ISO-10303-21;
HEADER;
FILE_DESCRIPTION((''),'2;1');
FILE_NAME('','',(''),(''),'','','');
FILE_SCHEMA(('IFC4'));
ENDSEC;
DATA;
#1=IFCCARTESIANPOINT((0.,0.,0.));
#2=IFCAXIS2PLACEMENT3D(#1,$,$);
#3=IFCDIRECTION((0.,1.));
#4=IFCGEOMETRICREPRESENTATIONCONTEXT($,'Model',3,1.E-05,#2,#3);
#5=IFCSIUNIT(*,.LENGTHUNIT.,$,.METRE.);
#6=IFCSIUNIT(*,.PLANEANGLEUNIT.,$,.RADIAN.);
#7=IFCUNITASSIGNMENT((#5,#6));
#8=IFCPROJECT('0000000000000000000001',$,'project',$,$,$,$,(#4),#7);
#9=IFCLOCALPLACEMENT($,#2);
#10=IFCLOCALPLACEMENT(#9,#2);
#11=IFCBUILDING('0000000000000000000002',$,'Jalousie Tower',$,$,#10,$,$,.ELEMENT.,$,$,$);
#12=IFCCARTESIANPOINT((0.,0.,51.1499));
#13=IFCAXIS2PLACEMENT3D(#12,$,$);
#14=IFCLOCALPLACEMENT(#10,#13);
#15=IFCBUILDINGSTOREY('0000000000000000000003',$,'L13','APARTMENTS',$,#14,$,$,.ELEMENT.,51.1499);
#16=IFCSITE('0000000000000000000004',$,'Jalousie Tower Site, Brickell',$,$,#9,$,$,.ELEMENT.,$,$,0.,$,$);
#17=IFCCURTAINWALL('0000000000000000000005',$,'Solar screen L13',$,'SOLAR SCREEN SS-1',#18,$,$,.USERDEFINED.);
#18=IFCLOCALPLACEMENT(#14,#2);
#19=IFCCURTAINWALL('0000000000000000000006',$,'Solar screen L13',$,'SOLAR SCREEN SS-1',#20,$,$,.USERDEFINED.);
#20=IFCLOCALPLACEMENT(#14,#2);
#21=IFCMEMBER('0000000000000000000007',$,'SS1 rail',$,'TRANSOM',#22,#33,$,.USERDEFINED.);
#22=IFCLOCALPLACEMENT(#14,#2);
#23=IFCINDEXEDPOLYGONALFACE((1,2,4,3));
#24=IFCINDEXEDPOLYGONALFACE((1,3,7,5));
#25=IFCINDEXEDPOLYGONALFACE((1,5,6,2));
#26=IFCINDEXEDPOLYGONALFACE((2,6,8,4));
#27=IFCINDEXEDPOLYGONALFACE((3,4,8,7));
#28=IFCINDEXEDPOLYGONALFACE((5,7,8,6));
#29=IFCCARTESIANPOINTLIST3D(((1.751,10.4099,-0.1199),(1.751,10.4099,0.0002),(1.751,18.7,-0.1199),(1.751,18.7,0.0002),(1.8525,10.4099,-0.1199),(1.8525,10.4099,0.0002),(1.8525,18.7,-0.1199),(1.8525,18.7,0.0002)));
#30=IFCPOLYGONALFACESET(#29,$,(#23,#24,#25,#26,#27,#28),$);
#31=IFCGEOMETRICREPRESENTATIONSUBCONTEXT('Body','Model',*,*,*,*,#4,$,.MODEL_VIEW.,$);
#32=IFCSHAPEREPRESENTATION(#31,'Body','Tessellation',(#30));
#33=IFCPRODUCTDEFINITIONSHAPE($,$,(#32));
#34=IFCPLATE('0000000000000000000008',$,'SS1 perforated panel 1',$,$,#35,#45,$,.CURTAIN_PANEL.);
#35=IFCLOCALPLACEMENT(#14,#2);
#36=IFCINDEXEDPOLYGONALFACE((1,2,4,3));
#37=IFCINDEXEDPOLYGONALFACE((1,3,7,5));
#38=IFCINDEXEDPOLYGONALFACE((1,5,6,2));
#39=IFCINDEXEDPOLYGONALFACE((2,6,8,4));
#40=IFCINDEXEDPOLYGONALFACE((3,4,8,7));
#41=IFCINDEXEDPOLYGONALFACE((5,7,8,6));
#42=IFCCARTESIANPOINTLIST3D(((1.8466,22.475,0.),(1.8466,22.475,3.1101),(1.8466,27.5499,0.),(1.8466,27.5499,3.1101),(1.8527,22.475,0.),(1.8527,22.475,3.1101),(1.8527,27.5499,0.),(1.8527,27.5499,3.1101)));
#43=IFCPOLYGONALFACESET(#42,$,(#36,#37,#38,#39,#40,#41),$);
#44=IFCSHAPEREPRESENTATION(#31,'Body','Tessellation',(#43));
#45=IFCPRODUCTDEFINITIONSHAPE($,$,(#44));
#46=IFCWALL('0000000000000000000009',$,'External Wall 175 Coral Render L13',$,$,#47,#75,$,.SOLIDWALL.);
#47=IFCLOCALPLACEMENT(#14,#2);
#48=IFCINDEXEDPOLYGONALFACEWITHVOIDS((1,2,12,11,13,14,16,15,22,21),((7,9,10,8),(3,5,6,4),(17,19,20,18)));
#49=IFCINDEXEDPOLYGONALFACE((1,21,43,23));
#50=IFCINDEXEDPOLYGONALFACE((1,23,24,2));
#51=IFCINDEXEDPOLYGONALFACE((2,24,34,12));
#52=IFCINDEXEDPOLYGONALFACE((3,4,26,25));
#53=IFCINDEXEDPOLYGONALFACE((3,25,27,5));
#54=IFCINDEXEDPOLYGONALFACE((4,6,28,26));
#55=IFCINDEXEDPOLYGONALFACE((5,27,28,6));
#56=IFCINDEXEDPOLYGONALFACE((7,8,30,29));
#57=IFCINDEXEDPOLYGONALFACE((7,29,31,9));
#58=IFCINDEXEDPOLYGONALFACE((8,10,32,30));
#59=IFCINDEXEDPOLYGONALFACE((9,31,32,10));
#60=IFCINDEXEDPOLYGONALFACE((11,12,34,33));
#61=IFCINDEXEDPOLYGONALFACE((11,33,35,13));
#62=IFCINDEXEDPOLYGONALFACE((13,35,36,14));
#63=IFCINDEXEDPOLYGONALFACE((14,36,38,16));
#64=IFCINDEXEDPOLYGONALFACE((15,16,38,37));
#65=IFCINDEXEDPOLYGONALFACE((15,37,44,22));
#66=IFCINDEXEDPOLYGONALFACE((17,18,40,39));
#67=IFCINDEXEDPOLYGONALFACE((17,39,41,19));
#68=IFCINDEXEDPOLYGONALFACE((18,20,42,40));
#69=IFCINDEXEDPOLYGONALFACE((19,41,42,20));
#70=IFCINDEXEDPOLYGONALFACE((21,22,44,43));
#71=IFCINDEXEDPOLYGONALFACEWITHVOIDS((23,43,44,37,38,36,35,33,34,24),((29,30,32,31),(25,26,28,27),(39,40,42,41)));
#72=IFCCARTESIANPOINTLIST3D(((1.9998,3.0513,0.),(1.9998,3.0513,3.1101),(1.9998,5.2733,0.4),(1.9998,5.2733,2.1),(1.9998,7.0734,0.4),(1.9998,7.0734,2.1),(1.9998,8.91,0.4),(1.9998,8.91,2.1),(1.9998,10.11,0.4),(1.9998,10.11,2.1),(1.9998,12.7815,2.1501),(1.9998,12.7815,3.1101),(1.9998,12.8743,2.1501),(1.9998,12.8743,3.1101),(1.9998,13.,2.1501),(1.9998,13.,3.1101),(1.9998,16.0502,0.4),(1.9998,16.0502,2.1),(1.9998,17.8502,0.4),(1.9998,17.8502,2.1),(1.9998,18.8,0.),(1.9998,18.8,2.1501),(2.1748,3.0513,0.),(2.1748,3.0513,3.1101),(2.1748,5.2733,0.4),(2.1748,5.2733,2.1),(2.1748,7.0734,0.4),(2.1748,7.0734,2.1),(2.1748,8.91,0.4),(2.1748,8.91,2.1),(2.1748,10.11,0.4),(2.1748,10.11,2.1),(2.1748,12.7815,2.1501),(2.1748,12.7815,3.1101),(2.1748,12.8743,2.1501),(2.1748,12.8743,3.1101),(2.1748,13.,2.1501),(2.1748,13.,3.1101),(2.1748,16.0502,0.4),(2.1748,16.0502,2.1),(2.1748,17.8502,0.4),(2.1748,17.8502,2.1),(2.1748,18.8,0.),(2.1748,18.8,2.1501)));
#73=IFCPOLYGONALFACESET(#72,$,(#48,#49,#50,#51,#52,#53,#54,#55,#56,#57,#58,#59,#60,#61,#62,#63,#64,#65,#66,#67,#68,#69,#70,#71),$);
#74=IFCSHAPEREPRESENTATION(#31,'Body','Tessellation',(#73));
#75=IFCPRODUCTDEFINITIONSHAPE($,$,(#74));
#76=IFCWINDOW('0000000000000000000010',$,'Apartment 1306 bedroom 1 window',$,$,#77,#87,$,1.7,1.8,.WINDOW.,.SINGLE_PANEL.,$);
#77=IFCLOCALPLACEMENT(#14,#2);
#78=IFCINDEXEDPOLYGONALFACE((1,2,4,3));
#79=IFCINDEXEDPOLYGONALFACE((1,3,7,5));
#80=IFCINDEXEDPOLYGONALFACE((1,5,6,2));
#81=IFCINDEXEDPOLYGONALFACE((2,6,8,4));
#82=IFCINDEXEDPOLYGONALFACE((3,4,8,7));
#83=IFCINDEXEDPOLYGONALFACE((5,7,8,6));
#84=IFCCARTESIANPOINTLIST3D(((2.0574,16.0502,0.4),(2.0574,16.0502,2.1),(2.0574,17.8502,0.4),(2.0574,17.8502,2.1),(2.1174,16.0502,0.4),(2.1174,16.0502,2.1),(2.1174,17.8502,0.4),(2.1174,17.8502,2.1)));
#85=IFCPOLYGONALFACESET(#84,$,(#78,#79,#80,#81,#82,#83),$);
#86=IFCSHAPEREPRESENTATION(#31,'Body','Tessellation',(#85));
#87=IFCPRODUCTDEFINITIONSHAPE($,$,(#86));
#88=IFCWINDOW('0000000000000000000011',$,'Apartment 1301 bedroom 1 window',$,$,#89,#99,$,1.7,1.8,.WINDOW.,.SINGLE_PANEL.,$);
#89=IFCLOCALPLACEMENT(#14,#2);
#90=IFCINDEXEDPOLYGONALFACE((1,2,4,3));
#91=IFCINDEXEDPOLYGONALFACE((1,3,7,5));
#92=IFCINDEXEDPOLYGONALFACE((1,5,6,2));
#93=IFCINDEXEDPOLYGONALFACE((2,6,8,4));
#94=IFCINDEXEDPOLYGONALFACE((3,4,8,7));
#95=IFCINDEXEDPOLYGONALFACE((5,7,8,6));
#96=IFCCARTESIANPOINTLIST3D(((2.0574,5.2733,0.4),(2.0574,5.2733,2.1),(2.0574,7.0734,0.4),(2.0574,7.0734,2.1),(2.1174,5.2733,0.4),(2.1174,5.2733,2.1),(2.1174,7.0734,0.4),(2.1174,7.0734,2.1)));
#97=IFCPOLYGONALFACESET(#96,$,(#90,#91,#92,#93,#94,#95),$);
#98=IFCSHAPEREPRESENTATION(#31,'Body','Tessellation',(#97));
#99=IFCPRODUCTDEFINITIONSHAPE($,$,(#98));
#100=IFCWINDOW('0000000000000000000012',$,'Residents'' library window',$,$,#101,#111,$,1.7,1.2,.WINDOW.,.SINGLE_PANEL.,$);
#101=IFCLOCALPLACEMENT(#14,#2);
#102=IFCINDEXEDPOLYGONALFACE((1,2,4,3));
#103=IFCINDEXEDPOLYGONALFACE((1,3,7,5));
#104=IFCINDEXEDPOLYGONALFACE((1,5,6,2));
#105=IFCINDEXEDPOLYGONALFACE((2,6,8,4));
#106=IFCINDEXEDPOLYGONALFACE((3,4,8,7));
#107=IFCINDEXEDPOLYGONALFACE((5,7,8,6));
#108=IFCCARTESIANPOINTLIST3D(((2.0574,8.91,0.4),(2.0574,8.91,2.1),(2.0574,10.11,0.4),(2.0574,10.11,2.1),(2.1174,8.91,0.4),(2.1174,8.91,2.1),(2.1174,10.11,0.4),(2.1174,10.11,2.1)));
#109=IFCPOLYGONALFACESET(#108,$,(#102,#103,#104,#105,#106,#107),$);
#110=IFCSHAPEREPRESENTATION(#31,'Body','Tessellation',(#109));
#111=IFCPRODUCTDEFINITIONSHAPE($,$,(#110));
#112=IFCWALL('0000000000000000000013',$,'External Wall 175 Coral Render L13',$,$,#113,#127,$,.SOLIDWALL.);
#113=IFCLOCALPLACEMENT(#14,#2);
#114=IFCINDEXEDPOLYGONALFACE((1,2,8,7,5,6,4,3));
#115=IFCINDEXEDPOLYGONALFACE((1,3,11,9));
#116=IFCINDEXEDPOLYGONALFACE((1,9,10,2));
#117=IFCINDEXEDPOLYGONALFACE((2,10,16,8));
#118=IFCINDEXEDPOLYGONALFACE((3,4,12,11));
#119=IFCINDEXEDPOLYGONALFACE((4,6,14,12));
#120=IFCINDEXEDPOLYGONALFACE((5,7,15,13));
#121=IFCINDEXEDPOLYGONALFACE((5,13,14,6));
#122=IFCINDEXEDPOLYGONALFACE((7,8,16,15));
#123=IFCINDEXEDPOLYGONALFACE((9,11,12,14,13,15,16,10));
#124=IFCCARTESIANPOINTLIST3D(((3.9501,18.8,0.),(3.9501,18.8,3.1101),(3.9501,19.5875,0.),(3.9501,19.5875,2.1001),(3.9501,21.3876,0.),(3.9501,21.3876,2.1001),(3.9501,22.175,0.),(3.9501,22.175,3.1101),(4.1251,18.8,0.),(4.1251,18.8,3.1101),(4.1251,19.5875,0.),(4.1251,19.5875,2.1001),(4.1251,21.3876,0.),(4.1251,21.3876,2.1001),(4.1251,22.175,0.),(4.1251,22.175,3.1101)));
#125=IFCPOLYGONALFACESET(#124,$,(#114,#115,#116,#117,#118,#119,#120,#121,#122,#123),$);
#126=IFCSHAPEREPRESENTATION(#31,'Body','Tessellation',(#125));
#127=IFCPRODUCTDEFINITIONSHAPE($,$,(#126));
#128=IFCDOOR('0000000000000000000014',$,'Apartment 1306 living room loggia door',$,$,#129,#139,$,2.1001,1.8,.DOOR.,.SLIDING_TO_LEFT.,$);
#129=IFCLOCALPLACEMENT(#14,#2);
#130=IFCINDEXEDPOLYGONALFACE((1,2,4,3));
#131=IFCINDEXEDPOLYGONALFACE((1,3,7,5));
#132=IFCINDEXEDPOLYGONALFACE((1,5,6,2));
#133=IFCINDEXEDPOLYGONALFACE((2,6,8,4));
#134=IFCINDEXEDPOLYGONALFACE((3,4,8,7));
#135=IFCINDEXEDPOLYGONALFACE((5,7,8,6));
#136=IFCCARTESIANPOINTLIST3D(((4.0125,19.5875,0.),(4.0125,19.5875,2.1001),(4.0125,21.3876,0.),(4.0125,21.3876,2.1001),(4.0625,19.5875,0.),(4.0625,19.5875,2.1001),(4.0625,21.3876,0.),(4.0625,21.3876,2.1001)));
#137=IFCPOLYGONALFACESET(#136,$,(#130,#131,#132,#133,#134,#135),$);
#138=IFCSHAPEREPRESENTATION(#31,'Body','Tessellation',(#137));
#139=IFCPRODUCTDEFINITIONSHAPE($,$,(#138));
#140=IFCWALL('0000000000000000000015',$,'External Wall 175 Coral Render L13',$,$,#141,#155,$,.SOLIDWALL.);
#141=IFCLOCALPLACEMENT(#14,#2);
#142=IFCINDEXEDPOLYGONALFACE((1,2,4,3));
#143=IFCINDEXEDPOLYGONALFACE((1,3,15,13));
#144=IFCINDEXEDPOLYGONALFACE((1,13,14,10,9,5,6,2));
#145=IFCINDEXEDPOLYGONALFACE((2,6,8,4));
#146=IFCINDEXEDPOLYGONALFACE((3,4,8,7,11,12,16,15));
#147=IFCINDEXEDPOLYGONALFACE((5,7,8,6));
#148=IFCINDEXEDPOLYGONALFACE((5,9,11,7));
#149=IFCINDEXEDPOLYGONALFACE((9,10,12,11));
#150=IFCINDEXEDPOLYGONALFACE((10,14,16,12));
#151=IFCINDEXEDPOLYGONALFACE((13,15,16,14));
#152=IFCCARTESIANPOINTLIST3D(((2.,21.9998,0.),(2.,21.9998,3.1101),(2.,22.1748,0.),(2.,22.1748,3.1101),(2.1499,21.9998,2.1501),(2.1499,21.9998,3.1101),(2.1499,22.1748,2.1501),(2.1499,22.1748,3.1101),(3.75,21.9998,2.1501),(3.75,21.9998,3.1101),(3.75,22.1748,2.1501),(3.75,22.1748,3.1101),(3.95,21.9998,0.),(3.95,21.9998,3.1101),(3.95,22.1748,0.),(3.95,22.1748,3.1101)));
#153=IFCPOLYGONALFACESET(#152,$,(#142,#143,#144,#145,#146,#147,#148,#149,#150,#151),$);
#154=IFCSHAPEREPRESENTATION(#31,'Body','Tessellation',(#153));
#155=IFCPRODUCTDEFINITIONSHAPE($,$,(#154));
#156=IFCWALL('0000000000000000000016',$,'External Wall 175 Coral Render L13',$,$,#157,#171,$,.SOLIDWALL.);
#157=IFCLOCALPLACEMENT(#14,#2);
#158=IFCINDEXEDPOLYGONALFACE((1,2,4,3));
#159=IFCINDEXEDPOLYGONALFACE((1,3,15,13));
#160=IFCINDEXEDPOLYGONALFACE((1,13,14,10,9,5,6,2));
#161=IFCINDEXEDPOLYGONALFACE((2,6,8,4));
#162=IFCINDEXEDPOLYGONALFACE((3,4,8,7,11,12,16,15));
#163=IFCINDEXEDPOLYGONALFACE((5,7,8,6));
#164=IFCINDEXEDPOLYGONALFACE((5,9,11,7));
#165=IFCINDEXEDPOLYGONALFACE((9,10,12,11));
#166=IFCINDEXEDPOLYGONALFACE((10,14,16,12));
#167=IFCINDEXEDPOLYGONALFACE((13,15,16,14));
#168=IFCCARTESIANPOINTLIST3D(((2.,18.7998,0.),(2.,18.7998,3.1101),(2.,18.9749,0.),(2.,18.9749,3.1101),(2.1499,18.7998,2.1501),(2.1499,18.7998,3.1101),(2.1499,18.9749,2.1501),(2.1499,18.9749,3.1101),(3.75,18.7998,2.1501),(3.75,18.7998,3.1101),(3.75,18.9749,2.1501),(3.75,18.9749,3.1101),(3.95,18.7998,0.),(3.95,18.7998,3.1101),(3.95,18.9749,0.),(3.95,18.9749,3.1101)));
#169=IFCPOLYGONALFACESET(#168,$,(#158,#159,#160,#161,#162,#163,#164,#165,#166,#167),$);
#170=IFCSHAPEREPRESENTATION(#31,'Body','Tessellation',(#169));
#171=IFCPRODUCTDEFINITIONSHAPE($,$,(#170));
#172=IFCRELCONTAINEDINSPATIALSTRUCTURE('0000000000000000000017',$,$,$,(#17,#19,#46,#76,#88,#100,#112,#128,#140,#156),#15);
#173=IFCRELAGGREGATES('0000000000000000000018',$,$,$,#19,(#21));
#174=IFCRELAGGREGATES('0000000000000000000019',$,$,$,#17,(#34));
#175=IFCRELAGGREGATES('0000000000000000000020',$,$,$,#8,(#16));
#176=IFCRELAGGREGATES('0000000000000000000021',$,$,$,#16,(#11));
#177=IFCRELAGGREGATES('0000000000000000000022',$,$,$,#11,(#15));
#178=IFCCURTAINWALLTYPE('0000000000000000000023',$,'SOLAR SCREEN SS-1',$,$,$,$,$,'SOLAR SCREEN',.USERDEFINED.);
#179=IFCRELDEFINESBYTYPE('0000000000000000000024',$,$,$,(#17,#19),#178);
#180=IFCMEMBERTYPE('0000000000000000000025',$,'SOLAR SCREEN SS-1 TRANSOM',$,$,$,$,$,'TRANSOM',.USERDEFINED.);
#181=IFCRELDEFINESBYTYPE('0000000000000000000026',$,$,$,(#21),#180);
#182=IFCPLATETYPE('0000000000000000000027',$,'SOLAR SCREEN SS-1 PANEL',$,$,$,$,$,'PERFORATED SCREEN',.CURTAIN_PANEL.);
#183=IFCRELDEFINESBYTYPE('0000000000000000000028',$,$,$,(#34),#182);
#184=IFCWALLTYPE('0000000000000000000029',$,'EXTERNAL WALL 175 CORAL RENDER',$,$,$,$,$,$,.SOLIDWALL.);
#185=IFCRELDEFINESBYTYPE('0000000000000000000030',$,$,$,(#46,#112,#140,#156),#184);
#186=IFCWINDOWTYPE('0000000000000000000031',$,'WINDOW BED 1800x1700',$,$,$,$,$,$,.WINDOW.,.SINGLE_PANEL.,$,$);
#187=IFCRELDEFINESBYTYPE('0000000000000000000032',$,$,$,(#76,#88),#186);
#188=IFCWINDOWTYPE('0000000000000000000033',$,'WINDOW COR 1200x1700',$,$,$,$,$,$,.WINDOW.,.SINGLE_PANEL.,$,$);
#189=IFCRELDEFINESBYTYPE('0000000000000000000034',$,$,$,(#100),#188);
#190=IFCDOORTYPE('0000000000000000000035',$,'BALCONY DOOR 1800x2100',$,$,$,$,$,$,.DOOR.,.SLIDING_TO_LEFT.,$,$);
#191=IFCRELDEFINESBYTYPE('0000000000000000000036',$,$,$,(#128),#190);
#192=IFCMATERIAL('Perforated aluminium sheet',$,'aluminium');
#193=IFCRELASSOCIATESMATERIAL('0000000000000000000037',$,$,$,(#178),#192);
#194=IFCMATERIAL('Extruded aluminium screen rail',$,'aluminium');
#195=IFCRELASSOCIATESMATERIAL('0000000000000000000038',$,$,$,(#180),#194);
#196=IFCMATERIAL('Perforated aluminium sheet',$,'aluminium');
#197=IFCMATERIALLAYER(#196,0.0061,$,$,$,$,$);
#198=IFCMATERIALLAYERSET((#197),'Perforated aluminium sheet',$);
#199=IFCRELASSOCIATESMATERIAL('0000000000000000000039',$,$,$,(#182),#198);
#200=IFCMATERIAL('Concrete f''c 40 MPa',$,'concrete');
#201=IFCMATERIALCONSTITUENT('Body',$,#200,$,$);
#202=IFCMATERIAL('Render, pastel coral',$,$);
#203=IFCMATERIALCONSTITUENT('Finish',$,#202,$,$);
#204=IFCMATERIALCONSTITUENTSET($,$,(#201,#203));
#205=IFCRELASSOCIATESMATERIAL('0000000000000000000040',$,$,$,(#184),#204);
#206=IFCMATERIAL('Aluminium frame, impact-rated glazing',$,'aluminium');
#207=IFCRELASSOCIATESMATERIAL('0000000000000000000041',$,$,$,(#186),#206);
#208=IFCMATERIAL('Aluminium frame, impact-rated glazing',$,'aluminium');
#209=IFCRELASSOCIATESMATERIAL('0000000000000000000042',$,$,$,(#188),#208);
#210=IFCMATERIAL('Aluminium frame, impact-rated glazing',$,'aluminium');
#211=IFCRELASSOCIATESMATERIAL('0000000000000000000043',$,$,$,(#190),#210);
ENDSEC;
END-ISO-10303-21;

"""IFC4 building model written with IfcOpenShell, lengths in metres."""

from ifc_helpers import new_model, si_unit, direction, frame, frame_2d, origin, origin_2d, place, context, subcontext, project, spatial, polyline, rectangle, outline, extrude, material, layer, layer_set, constituent, constituent_set, material_profile, profile_set, type_object, element, fill, aggregate, save


model = new_model("IFC4")

# Units and contexts
model_context = context("Model", 3, precision=1e-05, world=origin(), true_north=direction((0.0, 1.0)))
body_context = subcontext(model_context, "Body", "Model", "MODEL_VIEW")
ifc_project = project(units=[si_unit("LENGTHUNIT", "METRE"), si_unit("PLANEANGLEUNIT", "RADIAN")], contexts=[model_context])

# Site, building, storey
site_placement = place(None, origin())
site = spatial("IfcSite", under=ifc_project, at=site_placement, Name="Jalousie Tower Site, Brickell", CompositionType="ELEMENT", RefElevation=0.0)
building_placement = place(site_placement, origin())
building = spatial("IfcBuilding", under=site, at=building_placement, Name="Jalousie Tower", CompositionType="ELEMENT")
storey_placement = place(building_placement, frame((0.0, 0.0, 51.1499)))
storey = spatial("IfcBuildingStorey", under=building, at=storey_placement, Name="L13", Description="APARTMENTS", CompositionType="ELEMENT", Elevation=51.1499)

# Curtain wall
ifc_material_1 = material(Name="Perforated aluminium sheet", Category="aluminium")
curtain_wall_type = type_object("IfcCurtainWallType", Name="SOLAR SCREEN SS-1", ElementType="SOLAR SCREEN", PredefinedType="USERDEFINED", material=ifc_material_1)
curtain_wall_1_placement = place(storey_placement, origin())
curtain_wall_1 = element("IfcCurtainWall", 1, at=curtain_wall_1_placement, inside=storey, type_object=curtain_wall_type, Name="Solar screen L13", ObjectType="SOLAR SCREEN SS-1", PredefinedType="USERDEFINED")

# Curtain wall
curtain_wall_2_placement = place(storey_placement, origin())
curtain_wall_2 = element("IfcCurtainWall", 2, at=curtain_wall_2_placement, inside=storey, type_object=curtain_wall_type, Name="Solar screen L13", ObjectType="SOLAR SCREEN SS-1", PredefinedType="USERDEFINED")

# Member
ifc_material_2 = material(Name="Extruded aluminium screen rail", Category="aluminium")
ifc_material_profile_1 = material_profile(ifc_material_2, rectangle(XDim=0.1016, YDim=0.1201, at=origin_2d()), Name="RAIL 102x120")
ifc_profile_set_1 = profile_set([ifc_material_profile_1], Name="Extruded aluminium screen rail")
member_type_1 = type_object("IfcMemberType", Name="SOLAR SCREEN SS-1 TRANSOM", ElementType="TRANSOM", PredefinedType="USERDEFINED", material=ifc_profile_set_1)
member_1_placement = place(storey_placement, frame((1.8018, 18.7, -0.0598), z_axis=(0.0, -1.0, 0.0), x_axis=(1.0, 0.0, 0.0)))
member_1 = element("IfcMember", 3, at=member_1_placement, type_object=member_type_1, Name="SS1 rail", ObjectType="TRANSOM", PredefinedType="USERDEFINED", context=body_context, shape_type="SweptSolid", body=[
    extrude(rectangle(XDim=0.1016, YDim=0.1201, at=origin_2d()), origin(), (0.0, 0.0, 1.0), 8.29),
])
aggregate(curtain_wall_2, [member_1])

# Plate
ifc_material_3 = material(Name="Perforated aluminium sheet", Category="aluminium")
ifc_layer_1 = layer(ifc_material_3, 0.0061)
ifc_layer_set_1 = layer_set([ifc_layer_1], Name="Perforated aluminium sheet")
plate_type = type_object("IfcPlateType", Name="SOLAR SCREEN SS-1 PANEL", ElementType="PERFORATED SCREEN", PredefinedType="CURTAIN_PANEL", material=ifc_layer_set_1)
plate_placement = place(storey_placement, frame((1.8496, 25.0125, 0.0), z_axis=(0.0, 0.0, 1.0), x_axis=(0.0, -1.0, 0.0)))
plate = element("IfcPlate", 4, at=plate_placement, type_object=plate_type, Name="SS1 perforated panel 1", PredefinedType="CURTAIN_PANEL", context=body_context, shape_type="SweptSolid", body=[
    extrude(rectangle(XDim=5.075, YDim=0.0061, at=origin_2d()), origin(), (0.0, 0.0, 1.0), 3.1101),
])
aggregate(curtain_wall_1, [plate])

# Wall, openings, windows
ifc_material_4 = material(Name="Concrete f'c 40 MPa", Category="concrete")
ifc_constituent_1 = constituent(ifc_material_4, Name="Body")
ifc_material_5 = material(Name="Render, pastel coral")
ifc_constituent_2 = constituent(ifc_material_5, Name="Finish")
ifc_constituent_set_1 = constituent_set(constituents=[ifc_constituent_1, ifc_constituent_2])
wall_type_1 = type_object("IfcWallType", Name="EXTERNAL WALL 175 CORAL RENDER", PredefinedType="SOLIDWALL", material=ifc_constituent_set_1)
wall_1_placement = place(storey_placement, frame((2.0874, 18.8, 0.0), z_axis=(0.0, 0.0, 1.0), x_axis=(0.0, -1.0, 0.0)))
wall_1 = element("IfcWall", 5, at=wall_1_placement, inside=storey, type_object=wall_type_1, Name="External Wall 175 Coral Render L13", PredefinedType="SOLIDWALL", context=body_context, shape_type="SweptSolid", body=[
    extrude(outline(polyline([(0.0, 0.0), (15.7488, 0.0), (15.7488, 3.1101), (6.0186, 3.1101), (6.0186, 2.1501), (5.9258, 2.1501), (5.9258, 3.1101), (5.8, 3.1101), (5.8, 2.1501), (0.0, 2.1501), (0.0, 0.0)])), frame((0.0, 0.0874, 0.0), z_axis=(0.0, -1.0, 0.0), x_axis=(1.0, 0.0, 0.0)), (0.0, 0.0, 1.0), 0.175),
])
opening_1_placement = place(wall_1_placement, frame((0.95, 0.0, 0.3999)))
opening_1 = element("IfcOpeningElement", 6, at=opening_1_placement, cuts=wall_1, PredefinedType="OPENING", context=body_context, shape_type="SweptSolid", body=[
    extrude(rectangle(XDim=1.8, YDim=1.7, at=frame_2d((0.8999, 0.8501))), frame((0.0, 0.0974, 0.0), z_axis=(0.0, -1.0, 0.0), x_axis=(1.0, 0.0, 0.0)), (0.0, 0.0, 1.0), 0.1951),
])
opening_2_placement = place(wall_1_placement, frame((8.6899, 0.0, 0.3999)))
opening_2 = element("IfcOpeningElement", 7, at=opening_2_placement, cuts=wall_1, PredefinedType="OPENING", context=body_context, shape_type="SweptSolid", body=[
    extrude(rectangle(XDim=1.2, YDim=1.7, at=frame_2d((0.6001, 0.8501))), frame((0.0, 0.0974, 0.0), z_axis=(0.0, -1.0, 0.0), x_axis=(1.0, 0.0, 0.0)), (0.0, 0.0, 1.0), 0.1951),
])
opening_3_placement = place(wall_1_placement, frame((11.7268, 0.0, 0.3999)))
opening_3 = element("IfcOpeningElement", 8, at=opening_3_placement, cuts=wall_1, PredefinedType="OPENING", context=body_context, shape_type="SweptSolid", body=[
    extrude(rectangle(XDim=1.8, YDim=1.7, at=frame_2d((0.8999, 0.8501))), frame((0.0, 0.0974, 0.0), z_axis=(0.0, -1.0, 0.0), x_axis=(1.0, 0.0, 0.0)), (0.0, 0.0, 1.0), 0.1951),
])
ifc_material_6 = material(Name="Aluminium frame, impact-rated glazing", Category="aluminium")
window_type_1 = type_object("IfcWindowType", Name="WINDOW BED 1800x1700", PartitioningType="SINGLE_PANEL", PredefinedType="WINDOW", material=ifc_material_6)
window_1_placement = place(opening_1_placement, origin())
window_1 = element("IfcWindow", 9, at=window_1_placement, inside=storey, type_object=window_type_1, Name="Apartment 1306 bedroom 1 window", OverallHeight=1.7, OverallWidth=1.8, PartitioningType="SINGLE_PANEL", PredefinedType="WINDOW", context=body_context, shape_type="SweptSolid", body=[
    extrude(rectangle(XDim=1.8, YDim=1.7, at=frame_2d((0.8999, 0.8501))), frame((0.0, 0.03, 0.0), z_axis=(0.0, -1.0, 0.0), x_axis=(1.0, 0.0, 0.0)), (0.0, 0.0, 1.0), 0.0601),
])
fill(opening_1, window_1)
window_2_placement = place(opening_3_placement, origin())
window_2 = element("IfcWindow", 10, at=window_2_placement, inside=storey, type_object=window_type_1, Name="Apartment 1301 bedroom 1 window", OverallHeight=1.7, OverallWidth=1.8, PartitioningType="SINGLE_PANEL", PredefinedType="WINDOW", context=body_context, shape_type="SweptSolid", body=[
    extrude(rectangle(XDim=1.8, YDim=1.7, at=frame_2d((0.8999, 0.8501))), frame((0.0, 0.03, 0.0), z_axis=(0.0, -1.0, 0.0), x_axis=(1.0, 0.0, 0.0)), (0.0, 0.0, 1.0), 0.0601),
])
fill(opening_3, window_2)
ifc_material_7 = material(Name="Aluminium frame, impact-rated glazing", Category="aluminium")
window_type_2 = type_object("IfcWindowType", Name="WINDOW COR 1200x1700", PartitioningType="SINGLE_PANEL", PredefinedType="WINDOW", material=ifc_material_7)
window_3_placement = place(opening_2_placement, origin())
window_3 = element("IfcWindow", 11, at=window_3_placement, inside=storey, type_object=window_type_2, Name="Residents' library window", OverallHeight=1.7, OverallWidth=1.2, PartitioningType="SINGLE_PANEL", PredefinedType="WINDOW", context=body_context, shape_type="SweptSolid", body=[
    extrude(rectangle(XDim=1.2, YDim=1.7, at=frame_2d((0.6001, 0.8501))), frame((0.0, 0.03, 0.0), z_axis=(0.0, -1.0, 0.0), x_axis=(1.0, 0.0, 0.0)), (0.0, 0.0, 1.0), 0.0601),
])
fill(opening_2, window_3)

# Wall, opening, door
wall_2_placement = place(storey_placement, frame((4.0376, 22.175, 0.0), z_axis=(0.0, 0.0, 1.0), x_axis=(0.0, -1.0, 0.0)))
wall_2 = element("IfcWall", 12, at=wall_2_placement, inside=storey, type_object=wall_type_1, Name="External Wall 175 Coral Render L13", PredefinedType="SOLIDWALL", context=body_context, shape_type="SweptSolid", body=[
    extrude(rectangle(XDim=3.375, YDim=0.175, at=frame_2d((1.6875, 0.0))), origin(), (0.0, 0.0, 1.0), 3.1101),
])
opening_4_placement = place(wall_2_placement, frame((0.7876, 0.0, 0.0)))
opening_4 = element("IfcOpeningElement", 13, at=opening_4_placement, cuts=wall_2, PredefinedType="OPENING", context=body_context, shape_type="SweptSolid", body=[
    extrude(rectangle(XDim=1.8, YDim=2.1001, at=frame_2d((0.8999, 1.05))), frame((0.0, 0.0974, 0.0), z_axis=(0.0, -1.0, 0.0), x_axis=(1.0, 0.0, 0.0)), (0.0, 0.0, 1.0), 0.1951),
])
ifc_material_8 = material(Name="Aluminium frame, impact-rated glazing", Category="aluminium")
door_type_1 = type_object("IfcDoorType", Name="BALCONY DOOR 1800x2100", OperationType="SLIDING_TO_LEFT", PredefinedType="DOOR", material=ifc_material_8)
door_1_placement = place(opening_4_placement, origin())
door_1 = element("IfcDoor", 14, at=door_1_placement, inside=storey, type_object=door_type_1, Name="Apartment 1306 living room loggia door", OperationType="SLIDING_TO_LEFT", OverallHeight=2.1001, OverallWidth=1.8, PredefinedType="DOOR", context=body_context, shape_type="SweptSolid", body=[
    extrude(rectangle(XDim=1.8, YDim=2.1001, at=frame_2d((0.8999, 1.05))), frame((0.0, 0.0249, 0.0), z_axis=(0.0, -1.0, 0.0), x_axis=(1.0, 0.0, 0.0)), (0.0, 0.0, 1.0), 0.05),
])
fill(opening_4, door_1)

# Walls
for number, where, z_axis, x_axis, name in (
    (15, (2.0, 22.0874, 0.0), (0.0, 0.0, 1.0), (1.0, 0.0, 0.0), "External Wall 175 Coral Render L13"),
    (16, (2.0, 18.8875, 0.0), (0.0, 0.0, 1.0), (1.0, 0.0, 0.0), "External Wall 175 Coral Render L13"),
):
    element("IfcWall", number, at=place(storey_placement, frame(where, z_axis=z_axis, x_axis=x_axis)), inside=storey, type_object=wall_type_1, Name=name, PredefinedType="SOLIDWALL", context=body_context, shape_type="SweptSolid", body=[
        extrude(outline(polyline([(0.0, 0.0), (1.95, 0.0), (1.95, 3.1101), (1.75, 3.1101), (1.75, 2.1501), (0.1499, 2.1501), (0.1499, 3.1101), (0.0, 3.1101), (0.0, 0.0)])), frame((0.0, 0.0874, 0.0), z_axis=(0.0, -1.0, 0.0), x_axis=(1.0, 0.0, 0.0)), (0.0, 0.0, 1.0), 0.175),
    ])

save(model, "model.ifc")
